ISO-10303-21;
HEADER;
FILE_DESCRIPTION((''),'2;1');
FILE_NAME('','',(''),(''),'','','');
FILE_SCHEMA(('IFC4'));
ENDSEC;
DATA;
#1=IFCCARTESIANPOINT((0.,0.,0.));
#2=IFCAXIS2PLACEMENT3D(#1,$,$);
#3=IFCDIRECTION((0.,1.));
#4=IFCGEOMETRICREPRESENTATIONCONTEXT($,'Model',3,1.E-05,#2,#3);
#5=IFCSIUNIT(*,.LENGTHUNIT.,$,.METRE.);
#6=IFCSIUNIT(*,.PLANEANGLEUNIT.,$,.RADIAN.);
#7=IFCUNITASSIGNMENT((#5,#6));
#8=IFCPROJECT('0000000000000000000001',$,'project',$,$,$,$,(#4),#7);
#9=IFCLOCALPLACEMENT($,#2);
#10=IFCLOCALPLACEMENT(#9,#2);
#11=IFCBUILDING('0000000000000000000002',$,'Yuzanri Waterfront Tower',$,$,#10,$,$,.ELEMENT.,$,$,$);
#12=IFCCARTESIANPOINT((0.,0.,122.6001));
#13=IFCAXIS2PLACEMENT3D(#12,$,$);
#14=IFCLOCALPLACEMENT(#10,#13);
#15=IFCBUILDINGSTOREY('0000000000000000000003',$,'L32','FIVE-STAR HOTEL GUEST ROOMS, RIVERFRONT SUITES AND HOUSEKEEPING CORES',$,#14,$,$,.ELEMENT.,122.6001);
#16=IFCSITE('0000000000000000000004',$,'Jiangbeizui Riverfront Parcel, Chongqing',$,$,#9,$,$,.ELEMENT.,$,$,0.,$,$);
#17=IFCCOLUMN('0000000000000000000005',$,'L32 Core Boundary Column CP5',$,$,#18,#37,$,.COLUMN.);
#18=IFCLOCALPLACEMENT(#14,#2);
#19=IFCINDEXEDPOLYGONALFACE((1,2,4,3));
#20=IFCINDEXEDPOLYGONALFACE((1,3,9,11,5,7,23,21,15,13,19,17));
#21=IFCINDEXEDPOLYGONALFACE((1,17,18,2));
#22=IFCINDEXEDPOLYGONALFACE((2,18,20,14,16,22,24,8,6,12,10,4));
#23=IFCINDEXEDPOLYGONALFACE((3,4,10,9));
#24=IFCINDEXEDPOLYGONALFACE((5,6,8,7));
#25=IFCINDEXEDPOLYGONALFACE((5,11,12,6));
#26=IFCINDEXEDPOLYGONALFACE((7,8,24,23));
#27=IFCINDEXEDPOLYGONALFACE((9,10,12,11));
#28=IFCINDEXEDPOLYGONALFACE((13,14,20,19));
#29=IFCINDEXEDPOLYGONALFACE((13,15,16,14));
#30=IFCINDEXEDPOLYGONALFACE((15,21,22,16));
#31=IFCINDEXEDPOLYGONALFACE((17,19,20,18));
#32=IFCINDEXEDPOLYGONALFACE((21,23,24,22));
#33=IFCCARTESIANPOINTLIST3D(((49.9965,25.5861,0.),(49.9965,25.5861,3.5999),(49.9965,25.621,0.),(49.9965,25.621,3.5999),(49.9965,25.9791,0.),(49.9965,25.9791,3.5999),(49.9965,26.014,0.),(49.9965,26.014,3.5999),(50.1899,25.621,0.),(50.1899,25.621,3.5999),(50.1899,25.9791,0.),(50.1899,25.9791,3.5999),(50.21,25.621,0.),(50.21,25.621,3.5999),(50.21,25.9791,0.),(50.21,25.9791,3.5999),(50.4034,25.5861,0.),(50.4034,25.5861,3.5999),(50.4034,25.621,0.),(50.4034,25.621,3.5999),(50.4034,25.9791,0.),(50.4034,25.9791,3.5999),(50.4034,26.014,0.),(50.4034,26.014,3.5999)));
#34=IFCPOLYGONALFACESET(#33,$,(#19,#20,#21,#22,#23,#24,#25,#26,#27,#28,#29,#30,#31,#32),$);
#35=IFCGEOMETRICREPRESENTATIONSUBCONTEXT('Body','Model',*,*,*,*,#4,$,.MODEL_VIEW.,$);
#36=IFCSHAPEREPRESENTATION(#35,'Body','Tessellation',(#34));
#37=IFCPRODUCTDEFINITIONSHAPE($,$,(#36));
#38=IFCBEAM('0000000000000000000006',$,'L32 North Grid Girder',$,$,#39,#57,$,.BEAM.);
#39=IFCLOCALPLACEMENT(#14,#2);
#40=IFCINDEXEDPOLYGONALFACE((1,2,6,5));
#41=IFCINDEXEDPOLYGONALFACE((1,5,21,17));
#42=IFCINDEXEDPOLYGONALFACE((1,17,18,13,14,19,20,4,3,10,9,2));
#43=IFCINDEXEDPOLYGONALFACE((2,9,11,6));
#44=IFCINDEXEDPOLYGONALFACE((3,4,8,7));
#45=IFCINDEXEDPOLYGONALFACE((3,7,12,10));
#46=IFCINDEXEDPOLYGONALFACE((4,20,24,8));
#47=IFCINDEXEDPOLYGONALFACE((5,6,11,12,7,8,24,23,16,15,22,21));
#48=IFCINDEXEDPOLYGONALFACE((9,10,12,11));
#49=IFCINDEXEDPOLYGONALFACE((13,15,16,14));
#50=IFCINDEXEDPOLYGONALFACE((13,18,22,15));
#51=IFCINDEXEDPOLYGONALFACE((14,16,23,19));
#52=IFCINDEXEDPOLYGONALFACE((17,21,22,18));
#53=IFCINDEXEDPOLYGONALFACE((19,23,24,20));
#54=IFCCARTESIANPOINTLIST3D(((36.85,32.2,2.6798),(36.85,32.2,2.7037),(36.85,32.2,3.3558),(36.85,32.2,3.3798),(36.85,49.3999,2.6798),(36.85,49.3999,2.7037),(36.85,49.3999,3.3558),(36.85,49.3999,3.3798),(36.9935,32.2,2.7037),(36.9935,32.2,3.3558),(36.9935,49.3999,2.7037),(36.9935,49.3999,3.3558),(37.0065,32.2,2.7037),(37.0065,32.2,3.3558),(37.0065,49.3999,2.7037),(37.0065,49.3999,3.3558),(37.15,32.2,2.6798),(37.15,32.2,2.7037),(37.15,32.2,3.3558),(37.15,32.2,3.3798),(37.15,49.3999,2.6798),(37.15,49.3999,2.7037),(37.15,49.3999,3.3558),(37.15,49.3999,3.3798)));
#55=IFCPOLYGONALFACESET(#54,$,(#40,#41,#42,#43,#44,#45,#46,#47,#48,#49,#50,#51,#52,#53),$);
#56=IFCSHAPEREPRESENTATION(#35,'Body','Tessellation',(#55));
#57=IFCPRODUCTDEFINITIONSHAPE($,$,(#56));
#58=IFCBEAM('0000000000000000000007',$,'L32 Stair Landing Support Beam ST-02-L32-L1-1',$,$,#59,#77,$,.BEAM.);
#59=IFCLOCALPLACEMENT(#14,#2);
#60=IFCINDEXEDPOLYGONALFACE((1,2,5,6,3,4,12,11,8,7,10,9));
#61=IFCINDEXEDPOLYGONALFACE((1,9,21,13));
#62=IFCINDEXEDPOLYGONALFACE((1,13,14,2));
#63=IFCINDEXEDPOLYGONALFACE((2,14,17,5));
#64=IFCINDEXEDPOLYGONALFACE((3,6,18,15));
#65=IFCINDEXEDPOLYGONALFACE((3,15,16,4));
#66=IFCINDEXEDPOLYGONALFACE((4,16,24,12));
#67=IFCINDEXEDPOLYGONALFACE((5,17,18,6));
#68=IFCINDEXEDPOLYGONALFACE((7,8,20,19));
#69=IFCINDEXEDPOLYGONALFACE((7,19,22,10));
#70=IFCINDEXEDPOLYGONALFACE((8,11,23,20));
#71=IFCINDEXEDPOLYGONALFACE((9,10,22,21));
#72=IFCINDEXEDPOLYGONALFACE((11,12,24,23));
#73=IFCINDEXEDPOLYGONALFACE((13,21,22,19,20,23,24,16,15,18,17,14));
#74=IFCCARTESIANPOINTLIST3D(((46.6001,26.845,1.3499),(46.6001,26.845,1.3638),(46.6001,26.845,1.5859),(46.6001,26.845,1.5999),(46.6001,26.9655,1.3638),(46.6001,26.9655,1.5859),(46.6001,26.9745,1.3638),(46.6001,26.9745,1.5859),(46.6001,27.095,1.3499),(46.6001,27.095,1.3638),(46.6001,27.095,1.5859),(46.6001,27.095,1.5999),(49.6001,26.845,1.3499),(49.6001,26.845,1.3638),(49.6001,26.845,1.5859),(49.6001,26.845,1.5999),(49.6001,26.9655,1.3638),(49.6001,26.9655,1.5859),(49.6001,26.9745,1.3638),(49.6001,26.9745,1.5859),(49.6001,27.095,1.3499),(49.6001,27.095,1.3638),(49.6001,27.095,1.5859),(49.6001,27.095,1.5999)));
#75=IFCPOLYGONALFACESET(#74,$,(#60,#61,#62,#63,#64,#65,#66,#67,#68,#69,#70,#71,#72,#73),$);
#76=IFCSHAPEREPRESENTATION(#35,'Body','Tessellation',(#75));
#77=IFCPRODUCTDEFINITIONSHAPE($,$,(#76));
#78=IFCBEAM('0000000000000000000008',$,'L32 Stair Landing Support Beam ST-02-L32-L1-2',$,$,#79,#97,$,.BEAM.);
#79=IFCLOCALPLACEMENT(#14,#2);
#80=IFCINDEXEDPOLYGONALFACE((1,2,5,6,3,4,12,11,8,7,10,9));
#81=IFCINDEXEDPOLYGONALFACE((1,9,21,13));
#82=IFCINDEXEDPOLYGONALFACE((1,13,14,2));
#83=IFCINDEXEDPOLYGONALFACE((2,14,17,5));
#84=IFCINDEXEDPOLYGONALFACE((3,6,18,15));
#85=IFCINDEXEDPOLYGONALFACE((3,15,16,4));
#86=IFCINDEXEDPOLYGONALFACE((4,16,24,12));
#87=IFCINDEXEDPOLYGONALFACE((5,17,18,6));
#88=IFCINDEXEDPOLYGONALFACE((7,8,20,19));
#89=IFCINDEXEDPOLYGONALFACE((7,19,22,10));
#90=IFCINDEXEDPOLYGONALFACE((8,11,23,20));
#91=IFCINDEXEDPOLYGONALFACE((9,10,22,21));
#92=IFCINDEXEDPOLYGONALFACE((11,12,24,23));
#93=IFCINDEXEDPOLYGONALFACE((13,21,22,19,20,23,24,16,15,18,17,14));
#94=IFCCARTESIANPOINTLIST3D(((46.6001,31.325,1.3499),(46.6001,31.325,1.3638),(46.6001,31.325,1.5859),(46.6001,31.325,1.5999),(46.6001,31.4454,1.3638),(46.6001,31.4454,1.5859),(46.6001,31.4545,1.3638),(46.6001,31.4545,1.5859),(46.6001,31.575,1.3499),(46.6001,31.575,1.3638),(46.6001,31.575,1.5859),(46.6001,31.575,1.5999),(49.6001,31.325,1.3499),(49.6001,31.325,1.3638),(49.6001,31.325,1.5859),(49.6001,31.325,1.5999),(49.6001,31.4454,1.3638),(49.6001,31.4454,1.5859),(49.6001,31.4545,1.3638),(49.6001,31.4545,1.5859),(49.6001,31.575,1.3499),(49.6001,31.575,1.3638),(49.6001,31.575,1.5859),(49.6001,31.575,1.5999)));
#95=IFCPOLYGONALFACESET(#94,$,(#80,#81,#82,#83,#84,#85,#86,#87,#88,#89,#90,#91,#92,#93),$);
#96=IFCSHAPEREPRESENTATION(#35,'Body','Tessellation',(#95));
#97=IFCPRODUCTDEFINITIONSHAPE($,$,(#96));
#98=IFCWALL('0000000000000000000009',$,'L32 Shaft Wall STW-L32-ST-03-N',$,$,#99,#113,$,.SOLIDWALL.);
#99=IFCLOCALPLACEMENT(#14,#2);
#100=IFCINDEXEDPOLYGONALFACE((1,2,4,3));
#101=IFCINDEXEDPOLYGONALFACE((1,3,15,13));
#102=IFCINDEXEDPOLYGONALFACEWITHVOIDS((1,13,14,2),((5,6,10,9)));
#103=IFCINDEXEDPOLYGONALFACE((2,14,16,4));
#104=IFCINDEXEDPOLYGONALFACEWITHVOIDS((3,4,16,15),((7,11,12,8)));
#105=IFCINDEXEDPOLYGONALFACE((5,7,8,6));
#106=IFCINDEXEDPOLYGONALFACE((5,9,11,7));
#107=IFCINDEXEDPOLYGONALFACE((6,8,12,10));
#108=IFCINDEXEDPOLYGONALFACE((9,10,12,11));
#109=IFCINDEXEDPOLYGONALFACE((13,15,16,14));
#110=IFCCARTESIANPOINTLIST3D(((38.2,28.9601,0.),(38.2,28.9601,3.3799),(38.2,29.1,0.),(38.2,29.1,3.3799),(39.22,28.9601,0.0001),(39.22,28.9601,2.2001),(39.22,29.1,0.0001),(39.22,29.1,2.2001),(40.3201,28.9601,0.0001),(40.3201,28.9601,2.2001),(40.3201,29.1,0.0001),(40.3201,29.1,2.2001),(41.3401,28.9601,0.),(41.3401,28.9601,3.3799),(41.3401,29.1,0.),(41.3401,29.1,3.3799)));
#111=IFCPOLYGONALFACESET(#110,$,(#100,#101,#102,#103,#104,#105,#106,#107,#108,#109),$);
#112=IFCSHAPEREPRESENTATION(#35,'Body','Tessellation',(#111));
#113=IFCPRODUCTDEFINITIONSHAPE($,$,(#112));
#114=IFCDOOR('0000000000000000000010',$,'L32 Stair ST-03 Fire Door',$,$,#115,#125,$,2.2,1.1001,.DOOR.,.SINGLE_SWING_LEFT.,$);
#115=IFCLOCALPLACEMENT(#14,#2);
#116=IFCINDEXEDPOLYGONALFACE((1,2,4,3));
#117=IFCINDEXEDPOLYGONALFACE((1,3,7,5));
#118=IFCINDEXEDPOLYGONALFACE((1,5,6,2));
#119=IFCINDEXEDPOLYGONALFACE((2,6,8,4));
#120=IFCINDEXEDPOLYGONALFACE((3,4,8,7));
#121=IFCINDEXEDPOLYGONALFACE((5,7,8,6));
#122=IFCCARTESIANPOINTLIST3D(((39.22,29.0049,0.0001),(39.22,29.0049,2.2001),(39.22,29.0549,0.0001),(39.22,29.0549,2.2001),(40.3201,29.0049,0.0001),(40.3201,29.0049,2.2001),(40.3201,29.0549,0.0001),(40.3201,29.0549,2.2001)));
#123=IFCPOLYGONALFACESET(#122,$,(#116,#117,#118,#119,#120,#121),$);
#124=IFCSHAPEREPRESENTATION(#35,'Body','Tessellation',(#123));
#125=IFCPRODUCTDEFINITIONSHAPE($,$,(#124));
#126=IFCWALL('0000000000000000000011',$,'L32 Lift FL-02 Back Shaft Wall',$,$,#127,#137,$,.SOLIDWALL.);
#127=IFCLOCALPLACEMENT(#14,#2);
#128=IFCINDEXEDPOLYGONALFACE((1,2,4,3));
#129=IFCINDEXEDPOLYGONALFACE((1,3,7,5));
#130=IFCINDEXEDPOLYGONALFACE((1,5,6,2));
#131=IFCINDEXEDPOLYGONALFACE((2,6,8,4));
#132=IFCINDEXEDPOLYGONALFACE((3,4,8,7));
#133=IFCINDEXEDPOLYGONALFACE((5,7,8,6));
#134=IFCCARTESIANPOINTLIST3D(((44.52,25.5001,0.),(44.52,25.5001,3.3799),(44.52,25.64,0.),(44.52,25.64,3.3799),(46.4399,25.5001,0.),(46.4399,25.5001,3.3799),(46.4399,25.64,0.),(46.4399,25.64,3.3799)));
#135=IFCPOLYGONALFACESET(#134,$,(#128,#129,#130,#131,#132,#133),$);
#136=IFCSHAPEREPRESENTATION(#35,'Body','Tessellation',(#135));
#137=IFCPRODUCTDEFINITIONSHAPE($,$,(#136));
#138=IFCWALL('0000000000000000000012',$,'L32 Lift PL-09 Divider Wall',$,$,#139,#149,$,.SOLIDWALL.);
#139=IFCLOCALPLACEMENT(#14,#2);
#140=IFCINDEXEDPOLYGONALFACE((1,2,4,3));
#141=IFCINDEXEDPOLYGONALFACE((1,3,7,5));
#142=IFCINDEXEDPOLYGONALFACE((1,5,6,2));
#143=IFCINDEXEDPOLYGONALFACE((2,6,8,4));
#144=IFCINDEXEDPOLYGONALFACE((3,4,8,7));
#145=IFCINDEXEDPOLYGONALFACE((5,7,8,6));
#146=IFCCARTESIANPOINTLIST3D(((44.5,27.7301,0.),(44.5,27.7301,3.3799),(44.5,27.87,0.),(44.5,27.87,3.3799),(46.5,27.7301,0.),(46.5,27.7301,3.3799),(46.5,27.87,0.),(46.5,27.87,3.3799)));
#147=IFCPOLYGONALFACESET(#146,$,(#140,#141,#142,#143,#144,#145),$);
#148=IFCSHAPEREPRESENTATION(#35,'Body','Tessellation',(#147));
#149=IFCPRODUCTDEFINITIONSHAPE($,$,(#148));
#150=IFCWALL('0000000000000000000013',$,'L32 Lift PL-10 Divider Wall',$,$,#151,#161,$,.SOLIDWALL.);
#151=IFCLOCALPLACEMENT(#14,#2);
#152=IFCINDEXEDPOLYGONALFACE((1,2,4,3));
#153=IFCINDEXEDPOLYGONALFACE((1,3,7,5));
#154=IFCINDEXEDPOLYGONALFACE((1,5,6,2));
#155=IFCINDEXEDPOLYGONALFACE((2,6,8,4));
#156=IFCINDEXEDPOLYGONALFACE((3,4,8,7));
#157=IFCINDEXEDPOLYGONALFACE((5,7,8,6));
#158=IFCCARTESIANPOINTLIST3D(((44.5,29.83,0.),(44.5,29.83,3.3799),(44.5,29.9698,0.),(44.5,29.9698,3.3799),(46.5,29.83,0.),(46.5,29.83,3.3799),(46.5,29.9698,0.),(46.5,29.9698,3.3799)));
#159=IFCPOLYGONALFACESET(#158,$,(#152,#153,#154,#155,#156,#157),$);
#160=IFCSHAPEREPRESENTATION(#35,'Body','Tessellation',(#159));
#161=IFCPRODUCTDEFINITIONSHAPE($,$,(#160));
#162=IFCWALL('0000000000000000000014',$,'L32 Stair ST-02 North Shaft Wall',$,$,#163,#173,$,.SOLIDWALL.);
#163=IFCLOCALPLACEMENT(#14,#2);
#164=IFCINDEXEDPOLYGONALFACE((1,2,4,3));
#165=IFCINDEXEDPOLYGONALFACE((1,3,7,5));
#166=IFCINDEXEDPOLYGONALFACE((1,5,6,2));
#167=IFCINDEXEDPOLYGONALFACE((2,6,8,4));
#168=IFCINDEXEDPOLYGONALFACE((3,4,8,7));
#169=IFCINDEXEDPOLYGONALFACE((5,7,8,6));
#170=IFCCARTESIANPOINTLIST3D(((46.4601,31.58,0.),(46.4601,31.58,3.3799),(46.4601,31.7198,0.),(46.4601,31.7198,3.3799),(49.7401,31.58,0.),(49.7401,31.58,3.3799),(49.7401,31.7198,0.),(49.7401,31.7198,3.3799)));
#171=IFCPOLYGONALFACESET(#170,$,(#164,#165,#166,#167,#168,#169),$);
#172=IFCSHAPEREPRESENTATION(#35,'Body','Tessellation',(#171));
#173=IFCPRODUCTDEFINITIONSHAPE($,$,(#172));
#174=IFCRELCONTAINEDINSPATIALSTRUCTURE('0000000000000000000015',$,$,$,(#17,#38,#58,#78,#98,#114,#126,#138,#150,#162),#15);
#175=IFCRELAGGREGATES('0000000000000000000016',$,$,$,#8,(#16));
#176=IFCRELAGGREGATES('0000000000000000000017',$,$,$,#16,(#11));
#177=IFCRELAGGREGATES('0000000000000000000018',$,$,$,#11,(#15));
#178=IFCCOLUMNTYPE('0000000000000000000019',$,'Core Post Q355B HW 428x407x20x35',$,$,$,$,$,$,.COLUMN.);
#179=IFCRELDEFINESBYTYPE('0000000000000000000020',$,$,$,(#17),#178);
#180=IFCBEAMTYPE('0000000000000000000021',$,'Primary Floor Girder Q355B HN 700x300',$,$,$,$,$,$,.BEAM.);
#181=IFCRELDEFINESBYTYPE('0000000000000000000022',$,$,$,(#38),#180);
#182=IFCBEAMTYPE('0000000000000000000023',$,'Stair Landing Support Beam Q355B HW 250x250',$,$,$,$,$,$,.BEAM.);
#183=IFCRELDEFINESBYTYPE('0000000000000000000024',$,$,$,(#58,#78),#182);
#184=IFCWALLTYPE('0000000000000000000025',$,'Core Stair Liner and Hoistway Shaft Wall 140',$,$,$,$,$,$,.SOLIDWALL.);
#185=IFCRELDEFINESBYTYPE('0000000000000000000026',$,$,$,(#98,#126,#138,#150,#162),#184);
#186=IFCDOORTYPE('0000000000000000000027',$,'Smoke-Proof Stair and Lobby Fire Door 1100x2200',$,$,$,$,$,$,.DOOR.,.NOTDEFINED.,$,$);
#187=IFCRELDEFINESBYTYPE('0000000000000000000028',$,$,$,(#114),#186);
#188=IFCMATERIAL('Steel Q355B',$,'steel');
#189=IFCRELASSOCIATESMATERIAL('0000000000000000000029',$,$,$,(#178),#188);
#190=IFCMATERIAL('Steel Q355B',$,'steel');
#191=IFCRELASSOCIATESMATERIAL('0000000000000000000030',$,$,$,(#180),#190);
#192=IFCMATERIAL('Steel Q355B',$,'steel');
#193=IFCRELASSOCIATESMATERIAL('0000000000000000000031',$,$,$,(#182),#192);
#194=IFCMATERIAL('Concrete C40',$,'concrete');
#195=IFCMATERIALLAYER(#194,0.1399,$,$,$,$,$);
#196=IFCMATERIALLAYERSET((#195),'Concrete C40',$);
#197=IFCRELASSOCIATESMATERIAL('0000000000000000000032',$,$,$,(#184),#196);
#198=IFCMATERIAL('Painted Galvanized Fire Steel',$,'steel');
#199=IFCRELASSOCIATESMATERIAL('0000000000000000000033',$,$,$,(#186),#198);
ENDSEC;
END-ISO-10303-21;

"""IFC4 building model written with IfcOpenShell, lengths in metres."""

from ifc_helpers import new_model, si_unit, direction, frame, frame_2d, origin, origin_2d, place, context, subcontext, project, spatial, rectangle, i_section, extrude, source, transform, mapped, material, layer, layer_set, material_profile, profile_set, type_object, element, fill, save


model = new_model("IFC4")

# Units and contexts
model_context = context("Model", 3, precision=1e-05, world=origin(), true_north=direction((0.0, 1.0)))
body_context = subcontext(model_context, "Body", "Model", "MODEL_VIEW")
ifc_project = project(units=[si_unit("LENGTHUNIT", "METRE"), si_unit("PLANEANGLEUNIT", "RADIAN")], contexts=[model_context])

# Site, building, storey
site_placement = place(None, origin())
site = spatial("IfcSite", under=ifc_project, at=site_placement, Name="Jiangbeizui Riverfront Parcel, Chongqing", CompositionType="ELEMENT", RefElevation=0.0)
building_placement = place(site_placement, origin())
building = spatial("IfcBuilding", under=site, at=building_placement, Name="Yuzanri Waterfront Tower", CompositionType="ELEMENT")
storey_placement = place(building_placement, frame((0.0, 0.0, 122.6001)))
storey = spatial("IfcBuildingStorey", under=building, at=storey_placement, Name="L32", Description="FIVE-STAR HOTEL GUEST ROOMS, RIVERFRONT SUITES AND HOUSEKEEPING CORES", CompositionType="ELEMENT", Elevation=122.6001)

# Column
ifc_material_1 = material(Name="Steel Q355B", Category="steel")
ifc_material_profile_1 = material_profile(ifc_material_1, i_section(OverallWidth=0.407, OverallDepth=0.428, WebThickness=0.02, FlangeThickness=0.0349, at=origin_2d()), Name="HW 428x407x20x35")
ifc_profile_set_1 = profile_set([ifc_material_profile_1], Name="Steel Q355B")
column_type = type_object("IfcColumnType", Name="Core Post Q355B HW 428x407x20x35", PredefinedType="COLUMN", material=ifc_profile_set_1)
shared_shape_1 = source(origin(), body_context, "Body", "SweptSolid", [
    extrude(i_section(OverallWidth=0.407, OverallDepth=0.428, WebThickness=0.02, FlangeThickness=0.0349, at=origin_2d()), origin(), (0.0, 0.0, 1.0), 3.5999),
])
column_placement = place(storey_placement, frame((50.2, 25.8, 0.0), z_axis=(0.0, 0.0, 1.0), x_axis=(1.0, 0.0, 0.0)))
element("IfcColumn", 1, at=column_placement, inside=storey, type_object=column_type, Name="L32 Core Boundary Column CP5", PredefinedType="COLUMN", context=body_context, shape_type="MappedRepresentation", body=[
    mapped(shared_shape_1, transform((0.0, 0.0, 0.0), scale=1.0)),
])

# Beams
ifc_material_2 = material(Name="Steel Q355B", Category="steel")
ifc_material_profile_2 = material_profile(ifc_material_2, i_section(OverallWidth=0.3, OverallDepth=0.7, WebThickness=0.0129, FlangeThickness=0.0239, at=origin_2d()), Name="HN 700x300x13x24")
ifc_profile_set_2 = profile_set([ifc_material_profile_2], Name="Steel Q355B")
beam_type_1 = type_object("IfcBeamType", Name="Primary Floor Girder Q355B HN 700x300", PredefinedType="BEAM", material=ifc_profile_set_2)
shared_shape_2 = source(origin(), body_context, "Body", "SweptSolid", [
    extrude(i_section(OverallWidth=0.3, OverallDepth=0.7, WebThickness=0.0129, FlangeThickness=0.0239, at=origin_2d()), origin(), (0.0, 0.0, 1.0), 17.2),
])
beam_placement = place(storey_placement, frame((37.0, 32.2, 3.0298), z_axis=(0.0, 1.0, 0.0), x_axis=(-1.0, 0.0, 0.0)))
element("IfcBeam", 2, at=beam_placement, inside=storey, type_object=beam_type_1, Name="L32 North Grid Girder", PredefinedType="BEAM", context=body_context, shape_type="MappedRepresentation", body=[
    mapped(shared_shape_2, transform((0.0, 0.0, 0.0), scale=1.0)),
])
ifc_material_3 = material(Name="Steel Q355B", Category="steel")
ifc_material_profile_3 = material_profile(ifc_material_3, i_section(OverallWidth=0.25, OverallDepth=0.25, WebThickness=0.009, FlangeThickness=0.0139, at=origin_2d()), Name="HW 250x250x9x14")
ifc_profile_set_3 = profile_set([ifc_material_profile_3], Name="Steel Q355B")
beam_type_2 = type_object("IfcBeamType", Name="Stair Landing Support Beam Q355B HW 250x250", PredefinedType="BEAM", material=ifc_profile_set_3)
shared_shape_3 = source(origin(), body_context, "Body", "SweptSolid", [
    extrude(i_section(OverallWidth=0.25, OverallDepth=0.25, WebThickness=0.009, FlangeThickness=0.0139, at=origin_2d()), origin(), (0.0, 0.0, 1.0), 3.0),
])
for number, where, z_axis, x_axis, name in (
    (3, (46.6001, 26.97, 1.4749), (1.0, 0.0, 0.0), (0.0, 1.0, 0.0), "L32 Stair Landing Support Beam ST-02-L32-L1-1"),
    (4, (46.6001, 31.45, 1.4749), (1.0, 0.0, 0.0), (0.0, 1.0, 0.0), "L32 Stair Landing Support Beam ST-02-L32-L1-2"),
):
    element("IfcBeam", number, at=place(storey_placement, frame(where, z_axis=z_axis, x_axis=x_axis)), inside=storey, type_object=beam_type_2, Name=name, PredefinedType="BEAM", context=body_context, shape_type="MappedRepresentation", body=[
        mapped(shared_shape_3, transform((0.0, 0.0, 0.0), scale=1.0)),
    ])

# Wall, opening, door
ifc_material_4 = material(Name="Concrete C40", Category="concrete")
ifc_layer_1 = layer(ifc_material_4, 0.1399)
ifc_layer_set_1 = layer_set([ifc_layer_1], Name="Concrete C40")
wall_type = type_object("IfcWallType", Name="Core Stair Liner and Hoistway Shaft Wall 140", PredefinedType="SOLIDWALL", material=ifc_layer_set_1)
wall_1_placement = place(storey_placement, frame((38.2, 29.03, 0.0), z_axis=(0.0, 0.0, 1.0), x_axis=(1.0, 0.0, 0.0)))
wall_1 = element("IfcWall", 5, at=wall_1_placement, inside=storey, type_object=wall_type, Name="L32 Shaft Wall STW-L32-ST-03-N", PredefinedType="SOLIDWALL", context=body_context, shape_type="SweptSolid", body=[
    extrude(rectangle(XDim=3.1401, YDim=0.1399, at=frame_2d((1.5701, 0.0))), origin(), (0.0, 0.0, 1.0), 3.3799),
])
opening_placement = place(wall_1_placement, frame((1.02, 0.0, 0.0)))
opening = element("IfcOpeningElement", 6, at=opening_placement, cuts=wall_1, PredefinedType="OPENING", context=body_context, shape_type="SweptSolid", body=[
    extrude(rectangle(XDim=1.1001, YDim=2.2, at=frame_2d((0.55, 1.1001))), frame((0.0, 0.085, 0.0), z_axis=(0.0, -1.0, 0.0), x_axis=(1.0, 0.0, 0.0)), (0.0, 0.0, 1.0), 0.1697),
])
ifc_material_5 = material(Name="Painted Galvanized Fire Steel", Category="steel")
door_type = type_object("IfcDoorType", Name="Smoke-Proof Stair and Lobby Fire Door 1100x2200", OperationType="NOTDEFINED", PredefinedType="DOOR", material=ifc_material_5)
shared_shape_4 = source(origin(), body_context, "Body", "SweptSolid", [
    extrude(rectangle(XDim=1.1001, YDim=2.2, at=frame_2d((0.55, 1.1001))), frame((0.0, 0.0249, 0.0), z_axis=(0.0, -1.0, 0.0), x_axis=(1.0, 0.0, 0.0)), (0.0, 0.0, 1.0), 0.05),
])
door_placement = place(opening_placement, origin())
door = element("IfcDoor", 7, at=door_placement, inside=storey, type_object=door_type, Name="L32 Stair ST-03 Fire Door", OperationType="SINGLE_SWING_LEFT", OverallHeight=2.2, OverallWidth=1.1001, PredefinedType="DOOR", context=body_context, shape_type="MappedRepresentation", body=[
    mapped(shared_shape_4, transform((0.0, 0.0, 0.0), scale=1.0)),
])
fill(opening, door)

# Walls
shared_shape_5 = source(origin(), body_context, "Body", "SweptSolid", [
    extrude(rectangle(XDim=1.9199, YDim=0.1399, at=frame_2d((0.96, 0.0))), origin(), (0.0, 0.0, 1.0), 3.3799),
])
wall_2_placement = place(storey_placement, frame((44.52, 25.5701, 0.0), z_axis=(0.0, 0.0, 1.0), x_axis=(1.0, 0.0, 0.0)))
element("IfcWall", 8, at=wall_2_placement, inside=storey, type_object=wall_type, Name="L32 Lift FL-02 Back Shaft Wall", PredefinedType="SOLIDWALL", context=body_context, shape_type="MappedRepresentation", body=[
    mapped(shared_shape_5, transform((0.0, 0.0, 0.0), scale=1.0)),
])
shared_shape_6 = source(origin(), body_context, "Body", "SweptSolid", [
    extrude(rectangle(XDim=2.0, YDim=0.1399, at=frame_2d((1.0, 0.0))), origin(), (0.0, 0.0, 1.0), 3.3799),
])
for number, where, z_axis, x_axis, name in (
    (9, (44.5, 27.8, 0.0), (0.0, 0.0, 1.0), (1.0, 0.0, 0.0), "L32 Lift PL-09 Divider Wall"),
    (10, (44.5, 29.8999, 0.0), (0.0, 0.0, 1.0), (1.0, 0.0, 0.0), "L32 Lift PL-10 Divider Wall"),
):
    element("IfcWall", number, at=place(storey_placement, frame(where, z_axis=z_axis, x_axis=x_axis)), inside=storey, type_object=wall_type, Name=name, PredefinedType="SOLIDWALL", context=body_context, shape_type="MappedRepresentation", body=[
        mapped(shared_shape_6, transform((0.0, 0.0, 0.0), scale=1.0)),
    ])
shared_shape_7 = source(origin(), body_context, "Body", "SweptSolid", [
    extrude(rectangle(XDim=3.28, YDim=0.1399, at=frame_2d((1.6401, 0.0))), origin(), (0.0, 0.0, 1.0), 3.3799),
])
wall_3_placement = place(storey_placement, frame((46.46, 31.6499, 0.0), z_axis=(0.0, 0.0, 1.0), x_axis=(1.0, 0.0, 0.0)))
element("IfcWall", 11, at=wall_3_placement, inside=storey, type_object=wall_type, Name="L32 Stair ST-02 North Shaft Wall", PredefinedType="SOLIDWALL", context=body_context, shape_type="MappedRepresentation", body=[
    mapped(shared_shape_7, transform((0.0, 0.0, 0.0), scale=1.0)),
])

save(model, "model.ifc")
